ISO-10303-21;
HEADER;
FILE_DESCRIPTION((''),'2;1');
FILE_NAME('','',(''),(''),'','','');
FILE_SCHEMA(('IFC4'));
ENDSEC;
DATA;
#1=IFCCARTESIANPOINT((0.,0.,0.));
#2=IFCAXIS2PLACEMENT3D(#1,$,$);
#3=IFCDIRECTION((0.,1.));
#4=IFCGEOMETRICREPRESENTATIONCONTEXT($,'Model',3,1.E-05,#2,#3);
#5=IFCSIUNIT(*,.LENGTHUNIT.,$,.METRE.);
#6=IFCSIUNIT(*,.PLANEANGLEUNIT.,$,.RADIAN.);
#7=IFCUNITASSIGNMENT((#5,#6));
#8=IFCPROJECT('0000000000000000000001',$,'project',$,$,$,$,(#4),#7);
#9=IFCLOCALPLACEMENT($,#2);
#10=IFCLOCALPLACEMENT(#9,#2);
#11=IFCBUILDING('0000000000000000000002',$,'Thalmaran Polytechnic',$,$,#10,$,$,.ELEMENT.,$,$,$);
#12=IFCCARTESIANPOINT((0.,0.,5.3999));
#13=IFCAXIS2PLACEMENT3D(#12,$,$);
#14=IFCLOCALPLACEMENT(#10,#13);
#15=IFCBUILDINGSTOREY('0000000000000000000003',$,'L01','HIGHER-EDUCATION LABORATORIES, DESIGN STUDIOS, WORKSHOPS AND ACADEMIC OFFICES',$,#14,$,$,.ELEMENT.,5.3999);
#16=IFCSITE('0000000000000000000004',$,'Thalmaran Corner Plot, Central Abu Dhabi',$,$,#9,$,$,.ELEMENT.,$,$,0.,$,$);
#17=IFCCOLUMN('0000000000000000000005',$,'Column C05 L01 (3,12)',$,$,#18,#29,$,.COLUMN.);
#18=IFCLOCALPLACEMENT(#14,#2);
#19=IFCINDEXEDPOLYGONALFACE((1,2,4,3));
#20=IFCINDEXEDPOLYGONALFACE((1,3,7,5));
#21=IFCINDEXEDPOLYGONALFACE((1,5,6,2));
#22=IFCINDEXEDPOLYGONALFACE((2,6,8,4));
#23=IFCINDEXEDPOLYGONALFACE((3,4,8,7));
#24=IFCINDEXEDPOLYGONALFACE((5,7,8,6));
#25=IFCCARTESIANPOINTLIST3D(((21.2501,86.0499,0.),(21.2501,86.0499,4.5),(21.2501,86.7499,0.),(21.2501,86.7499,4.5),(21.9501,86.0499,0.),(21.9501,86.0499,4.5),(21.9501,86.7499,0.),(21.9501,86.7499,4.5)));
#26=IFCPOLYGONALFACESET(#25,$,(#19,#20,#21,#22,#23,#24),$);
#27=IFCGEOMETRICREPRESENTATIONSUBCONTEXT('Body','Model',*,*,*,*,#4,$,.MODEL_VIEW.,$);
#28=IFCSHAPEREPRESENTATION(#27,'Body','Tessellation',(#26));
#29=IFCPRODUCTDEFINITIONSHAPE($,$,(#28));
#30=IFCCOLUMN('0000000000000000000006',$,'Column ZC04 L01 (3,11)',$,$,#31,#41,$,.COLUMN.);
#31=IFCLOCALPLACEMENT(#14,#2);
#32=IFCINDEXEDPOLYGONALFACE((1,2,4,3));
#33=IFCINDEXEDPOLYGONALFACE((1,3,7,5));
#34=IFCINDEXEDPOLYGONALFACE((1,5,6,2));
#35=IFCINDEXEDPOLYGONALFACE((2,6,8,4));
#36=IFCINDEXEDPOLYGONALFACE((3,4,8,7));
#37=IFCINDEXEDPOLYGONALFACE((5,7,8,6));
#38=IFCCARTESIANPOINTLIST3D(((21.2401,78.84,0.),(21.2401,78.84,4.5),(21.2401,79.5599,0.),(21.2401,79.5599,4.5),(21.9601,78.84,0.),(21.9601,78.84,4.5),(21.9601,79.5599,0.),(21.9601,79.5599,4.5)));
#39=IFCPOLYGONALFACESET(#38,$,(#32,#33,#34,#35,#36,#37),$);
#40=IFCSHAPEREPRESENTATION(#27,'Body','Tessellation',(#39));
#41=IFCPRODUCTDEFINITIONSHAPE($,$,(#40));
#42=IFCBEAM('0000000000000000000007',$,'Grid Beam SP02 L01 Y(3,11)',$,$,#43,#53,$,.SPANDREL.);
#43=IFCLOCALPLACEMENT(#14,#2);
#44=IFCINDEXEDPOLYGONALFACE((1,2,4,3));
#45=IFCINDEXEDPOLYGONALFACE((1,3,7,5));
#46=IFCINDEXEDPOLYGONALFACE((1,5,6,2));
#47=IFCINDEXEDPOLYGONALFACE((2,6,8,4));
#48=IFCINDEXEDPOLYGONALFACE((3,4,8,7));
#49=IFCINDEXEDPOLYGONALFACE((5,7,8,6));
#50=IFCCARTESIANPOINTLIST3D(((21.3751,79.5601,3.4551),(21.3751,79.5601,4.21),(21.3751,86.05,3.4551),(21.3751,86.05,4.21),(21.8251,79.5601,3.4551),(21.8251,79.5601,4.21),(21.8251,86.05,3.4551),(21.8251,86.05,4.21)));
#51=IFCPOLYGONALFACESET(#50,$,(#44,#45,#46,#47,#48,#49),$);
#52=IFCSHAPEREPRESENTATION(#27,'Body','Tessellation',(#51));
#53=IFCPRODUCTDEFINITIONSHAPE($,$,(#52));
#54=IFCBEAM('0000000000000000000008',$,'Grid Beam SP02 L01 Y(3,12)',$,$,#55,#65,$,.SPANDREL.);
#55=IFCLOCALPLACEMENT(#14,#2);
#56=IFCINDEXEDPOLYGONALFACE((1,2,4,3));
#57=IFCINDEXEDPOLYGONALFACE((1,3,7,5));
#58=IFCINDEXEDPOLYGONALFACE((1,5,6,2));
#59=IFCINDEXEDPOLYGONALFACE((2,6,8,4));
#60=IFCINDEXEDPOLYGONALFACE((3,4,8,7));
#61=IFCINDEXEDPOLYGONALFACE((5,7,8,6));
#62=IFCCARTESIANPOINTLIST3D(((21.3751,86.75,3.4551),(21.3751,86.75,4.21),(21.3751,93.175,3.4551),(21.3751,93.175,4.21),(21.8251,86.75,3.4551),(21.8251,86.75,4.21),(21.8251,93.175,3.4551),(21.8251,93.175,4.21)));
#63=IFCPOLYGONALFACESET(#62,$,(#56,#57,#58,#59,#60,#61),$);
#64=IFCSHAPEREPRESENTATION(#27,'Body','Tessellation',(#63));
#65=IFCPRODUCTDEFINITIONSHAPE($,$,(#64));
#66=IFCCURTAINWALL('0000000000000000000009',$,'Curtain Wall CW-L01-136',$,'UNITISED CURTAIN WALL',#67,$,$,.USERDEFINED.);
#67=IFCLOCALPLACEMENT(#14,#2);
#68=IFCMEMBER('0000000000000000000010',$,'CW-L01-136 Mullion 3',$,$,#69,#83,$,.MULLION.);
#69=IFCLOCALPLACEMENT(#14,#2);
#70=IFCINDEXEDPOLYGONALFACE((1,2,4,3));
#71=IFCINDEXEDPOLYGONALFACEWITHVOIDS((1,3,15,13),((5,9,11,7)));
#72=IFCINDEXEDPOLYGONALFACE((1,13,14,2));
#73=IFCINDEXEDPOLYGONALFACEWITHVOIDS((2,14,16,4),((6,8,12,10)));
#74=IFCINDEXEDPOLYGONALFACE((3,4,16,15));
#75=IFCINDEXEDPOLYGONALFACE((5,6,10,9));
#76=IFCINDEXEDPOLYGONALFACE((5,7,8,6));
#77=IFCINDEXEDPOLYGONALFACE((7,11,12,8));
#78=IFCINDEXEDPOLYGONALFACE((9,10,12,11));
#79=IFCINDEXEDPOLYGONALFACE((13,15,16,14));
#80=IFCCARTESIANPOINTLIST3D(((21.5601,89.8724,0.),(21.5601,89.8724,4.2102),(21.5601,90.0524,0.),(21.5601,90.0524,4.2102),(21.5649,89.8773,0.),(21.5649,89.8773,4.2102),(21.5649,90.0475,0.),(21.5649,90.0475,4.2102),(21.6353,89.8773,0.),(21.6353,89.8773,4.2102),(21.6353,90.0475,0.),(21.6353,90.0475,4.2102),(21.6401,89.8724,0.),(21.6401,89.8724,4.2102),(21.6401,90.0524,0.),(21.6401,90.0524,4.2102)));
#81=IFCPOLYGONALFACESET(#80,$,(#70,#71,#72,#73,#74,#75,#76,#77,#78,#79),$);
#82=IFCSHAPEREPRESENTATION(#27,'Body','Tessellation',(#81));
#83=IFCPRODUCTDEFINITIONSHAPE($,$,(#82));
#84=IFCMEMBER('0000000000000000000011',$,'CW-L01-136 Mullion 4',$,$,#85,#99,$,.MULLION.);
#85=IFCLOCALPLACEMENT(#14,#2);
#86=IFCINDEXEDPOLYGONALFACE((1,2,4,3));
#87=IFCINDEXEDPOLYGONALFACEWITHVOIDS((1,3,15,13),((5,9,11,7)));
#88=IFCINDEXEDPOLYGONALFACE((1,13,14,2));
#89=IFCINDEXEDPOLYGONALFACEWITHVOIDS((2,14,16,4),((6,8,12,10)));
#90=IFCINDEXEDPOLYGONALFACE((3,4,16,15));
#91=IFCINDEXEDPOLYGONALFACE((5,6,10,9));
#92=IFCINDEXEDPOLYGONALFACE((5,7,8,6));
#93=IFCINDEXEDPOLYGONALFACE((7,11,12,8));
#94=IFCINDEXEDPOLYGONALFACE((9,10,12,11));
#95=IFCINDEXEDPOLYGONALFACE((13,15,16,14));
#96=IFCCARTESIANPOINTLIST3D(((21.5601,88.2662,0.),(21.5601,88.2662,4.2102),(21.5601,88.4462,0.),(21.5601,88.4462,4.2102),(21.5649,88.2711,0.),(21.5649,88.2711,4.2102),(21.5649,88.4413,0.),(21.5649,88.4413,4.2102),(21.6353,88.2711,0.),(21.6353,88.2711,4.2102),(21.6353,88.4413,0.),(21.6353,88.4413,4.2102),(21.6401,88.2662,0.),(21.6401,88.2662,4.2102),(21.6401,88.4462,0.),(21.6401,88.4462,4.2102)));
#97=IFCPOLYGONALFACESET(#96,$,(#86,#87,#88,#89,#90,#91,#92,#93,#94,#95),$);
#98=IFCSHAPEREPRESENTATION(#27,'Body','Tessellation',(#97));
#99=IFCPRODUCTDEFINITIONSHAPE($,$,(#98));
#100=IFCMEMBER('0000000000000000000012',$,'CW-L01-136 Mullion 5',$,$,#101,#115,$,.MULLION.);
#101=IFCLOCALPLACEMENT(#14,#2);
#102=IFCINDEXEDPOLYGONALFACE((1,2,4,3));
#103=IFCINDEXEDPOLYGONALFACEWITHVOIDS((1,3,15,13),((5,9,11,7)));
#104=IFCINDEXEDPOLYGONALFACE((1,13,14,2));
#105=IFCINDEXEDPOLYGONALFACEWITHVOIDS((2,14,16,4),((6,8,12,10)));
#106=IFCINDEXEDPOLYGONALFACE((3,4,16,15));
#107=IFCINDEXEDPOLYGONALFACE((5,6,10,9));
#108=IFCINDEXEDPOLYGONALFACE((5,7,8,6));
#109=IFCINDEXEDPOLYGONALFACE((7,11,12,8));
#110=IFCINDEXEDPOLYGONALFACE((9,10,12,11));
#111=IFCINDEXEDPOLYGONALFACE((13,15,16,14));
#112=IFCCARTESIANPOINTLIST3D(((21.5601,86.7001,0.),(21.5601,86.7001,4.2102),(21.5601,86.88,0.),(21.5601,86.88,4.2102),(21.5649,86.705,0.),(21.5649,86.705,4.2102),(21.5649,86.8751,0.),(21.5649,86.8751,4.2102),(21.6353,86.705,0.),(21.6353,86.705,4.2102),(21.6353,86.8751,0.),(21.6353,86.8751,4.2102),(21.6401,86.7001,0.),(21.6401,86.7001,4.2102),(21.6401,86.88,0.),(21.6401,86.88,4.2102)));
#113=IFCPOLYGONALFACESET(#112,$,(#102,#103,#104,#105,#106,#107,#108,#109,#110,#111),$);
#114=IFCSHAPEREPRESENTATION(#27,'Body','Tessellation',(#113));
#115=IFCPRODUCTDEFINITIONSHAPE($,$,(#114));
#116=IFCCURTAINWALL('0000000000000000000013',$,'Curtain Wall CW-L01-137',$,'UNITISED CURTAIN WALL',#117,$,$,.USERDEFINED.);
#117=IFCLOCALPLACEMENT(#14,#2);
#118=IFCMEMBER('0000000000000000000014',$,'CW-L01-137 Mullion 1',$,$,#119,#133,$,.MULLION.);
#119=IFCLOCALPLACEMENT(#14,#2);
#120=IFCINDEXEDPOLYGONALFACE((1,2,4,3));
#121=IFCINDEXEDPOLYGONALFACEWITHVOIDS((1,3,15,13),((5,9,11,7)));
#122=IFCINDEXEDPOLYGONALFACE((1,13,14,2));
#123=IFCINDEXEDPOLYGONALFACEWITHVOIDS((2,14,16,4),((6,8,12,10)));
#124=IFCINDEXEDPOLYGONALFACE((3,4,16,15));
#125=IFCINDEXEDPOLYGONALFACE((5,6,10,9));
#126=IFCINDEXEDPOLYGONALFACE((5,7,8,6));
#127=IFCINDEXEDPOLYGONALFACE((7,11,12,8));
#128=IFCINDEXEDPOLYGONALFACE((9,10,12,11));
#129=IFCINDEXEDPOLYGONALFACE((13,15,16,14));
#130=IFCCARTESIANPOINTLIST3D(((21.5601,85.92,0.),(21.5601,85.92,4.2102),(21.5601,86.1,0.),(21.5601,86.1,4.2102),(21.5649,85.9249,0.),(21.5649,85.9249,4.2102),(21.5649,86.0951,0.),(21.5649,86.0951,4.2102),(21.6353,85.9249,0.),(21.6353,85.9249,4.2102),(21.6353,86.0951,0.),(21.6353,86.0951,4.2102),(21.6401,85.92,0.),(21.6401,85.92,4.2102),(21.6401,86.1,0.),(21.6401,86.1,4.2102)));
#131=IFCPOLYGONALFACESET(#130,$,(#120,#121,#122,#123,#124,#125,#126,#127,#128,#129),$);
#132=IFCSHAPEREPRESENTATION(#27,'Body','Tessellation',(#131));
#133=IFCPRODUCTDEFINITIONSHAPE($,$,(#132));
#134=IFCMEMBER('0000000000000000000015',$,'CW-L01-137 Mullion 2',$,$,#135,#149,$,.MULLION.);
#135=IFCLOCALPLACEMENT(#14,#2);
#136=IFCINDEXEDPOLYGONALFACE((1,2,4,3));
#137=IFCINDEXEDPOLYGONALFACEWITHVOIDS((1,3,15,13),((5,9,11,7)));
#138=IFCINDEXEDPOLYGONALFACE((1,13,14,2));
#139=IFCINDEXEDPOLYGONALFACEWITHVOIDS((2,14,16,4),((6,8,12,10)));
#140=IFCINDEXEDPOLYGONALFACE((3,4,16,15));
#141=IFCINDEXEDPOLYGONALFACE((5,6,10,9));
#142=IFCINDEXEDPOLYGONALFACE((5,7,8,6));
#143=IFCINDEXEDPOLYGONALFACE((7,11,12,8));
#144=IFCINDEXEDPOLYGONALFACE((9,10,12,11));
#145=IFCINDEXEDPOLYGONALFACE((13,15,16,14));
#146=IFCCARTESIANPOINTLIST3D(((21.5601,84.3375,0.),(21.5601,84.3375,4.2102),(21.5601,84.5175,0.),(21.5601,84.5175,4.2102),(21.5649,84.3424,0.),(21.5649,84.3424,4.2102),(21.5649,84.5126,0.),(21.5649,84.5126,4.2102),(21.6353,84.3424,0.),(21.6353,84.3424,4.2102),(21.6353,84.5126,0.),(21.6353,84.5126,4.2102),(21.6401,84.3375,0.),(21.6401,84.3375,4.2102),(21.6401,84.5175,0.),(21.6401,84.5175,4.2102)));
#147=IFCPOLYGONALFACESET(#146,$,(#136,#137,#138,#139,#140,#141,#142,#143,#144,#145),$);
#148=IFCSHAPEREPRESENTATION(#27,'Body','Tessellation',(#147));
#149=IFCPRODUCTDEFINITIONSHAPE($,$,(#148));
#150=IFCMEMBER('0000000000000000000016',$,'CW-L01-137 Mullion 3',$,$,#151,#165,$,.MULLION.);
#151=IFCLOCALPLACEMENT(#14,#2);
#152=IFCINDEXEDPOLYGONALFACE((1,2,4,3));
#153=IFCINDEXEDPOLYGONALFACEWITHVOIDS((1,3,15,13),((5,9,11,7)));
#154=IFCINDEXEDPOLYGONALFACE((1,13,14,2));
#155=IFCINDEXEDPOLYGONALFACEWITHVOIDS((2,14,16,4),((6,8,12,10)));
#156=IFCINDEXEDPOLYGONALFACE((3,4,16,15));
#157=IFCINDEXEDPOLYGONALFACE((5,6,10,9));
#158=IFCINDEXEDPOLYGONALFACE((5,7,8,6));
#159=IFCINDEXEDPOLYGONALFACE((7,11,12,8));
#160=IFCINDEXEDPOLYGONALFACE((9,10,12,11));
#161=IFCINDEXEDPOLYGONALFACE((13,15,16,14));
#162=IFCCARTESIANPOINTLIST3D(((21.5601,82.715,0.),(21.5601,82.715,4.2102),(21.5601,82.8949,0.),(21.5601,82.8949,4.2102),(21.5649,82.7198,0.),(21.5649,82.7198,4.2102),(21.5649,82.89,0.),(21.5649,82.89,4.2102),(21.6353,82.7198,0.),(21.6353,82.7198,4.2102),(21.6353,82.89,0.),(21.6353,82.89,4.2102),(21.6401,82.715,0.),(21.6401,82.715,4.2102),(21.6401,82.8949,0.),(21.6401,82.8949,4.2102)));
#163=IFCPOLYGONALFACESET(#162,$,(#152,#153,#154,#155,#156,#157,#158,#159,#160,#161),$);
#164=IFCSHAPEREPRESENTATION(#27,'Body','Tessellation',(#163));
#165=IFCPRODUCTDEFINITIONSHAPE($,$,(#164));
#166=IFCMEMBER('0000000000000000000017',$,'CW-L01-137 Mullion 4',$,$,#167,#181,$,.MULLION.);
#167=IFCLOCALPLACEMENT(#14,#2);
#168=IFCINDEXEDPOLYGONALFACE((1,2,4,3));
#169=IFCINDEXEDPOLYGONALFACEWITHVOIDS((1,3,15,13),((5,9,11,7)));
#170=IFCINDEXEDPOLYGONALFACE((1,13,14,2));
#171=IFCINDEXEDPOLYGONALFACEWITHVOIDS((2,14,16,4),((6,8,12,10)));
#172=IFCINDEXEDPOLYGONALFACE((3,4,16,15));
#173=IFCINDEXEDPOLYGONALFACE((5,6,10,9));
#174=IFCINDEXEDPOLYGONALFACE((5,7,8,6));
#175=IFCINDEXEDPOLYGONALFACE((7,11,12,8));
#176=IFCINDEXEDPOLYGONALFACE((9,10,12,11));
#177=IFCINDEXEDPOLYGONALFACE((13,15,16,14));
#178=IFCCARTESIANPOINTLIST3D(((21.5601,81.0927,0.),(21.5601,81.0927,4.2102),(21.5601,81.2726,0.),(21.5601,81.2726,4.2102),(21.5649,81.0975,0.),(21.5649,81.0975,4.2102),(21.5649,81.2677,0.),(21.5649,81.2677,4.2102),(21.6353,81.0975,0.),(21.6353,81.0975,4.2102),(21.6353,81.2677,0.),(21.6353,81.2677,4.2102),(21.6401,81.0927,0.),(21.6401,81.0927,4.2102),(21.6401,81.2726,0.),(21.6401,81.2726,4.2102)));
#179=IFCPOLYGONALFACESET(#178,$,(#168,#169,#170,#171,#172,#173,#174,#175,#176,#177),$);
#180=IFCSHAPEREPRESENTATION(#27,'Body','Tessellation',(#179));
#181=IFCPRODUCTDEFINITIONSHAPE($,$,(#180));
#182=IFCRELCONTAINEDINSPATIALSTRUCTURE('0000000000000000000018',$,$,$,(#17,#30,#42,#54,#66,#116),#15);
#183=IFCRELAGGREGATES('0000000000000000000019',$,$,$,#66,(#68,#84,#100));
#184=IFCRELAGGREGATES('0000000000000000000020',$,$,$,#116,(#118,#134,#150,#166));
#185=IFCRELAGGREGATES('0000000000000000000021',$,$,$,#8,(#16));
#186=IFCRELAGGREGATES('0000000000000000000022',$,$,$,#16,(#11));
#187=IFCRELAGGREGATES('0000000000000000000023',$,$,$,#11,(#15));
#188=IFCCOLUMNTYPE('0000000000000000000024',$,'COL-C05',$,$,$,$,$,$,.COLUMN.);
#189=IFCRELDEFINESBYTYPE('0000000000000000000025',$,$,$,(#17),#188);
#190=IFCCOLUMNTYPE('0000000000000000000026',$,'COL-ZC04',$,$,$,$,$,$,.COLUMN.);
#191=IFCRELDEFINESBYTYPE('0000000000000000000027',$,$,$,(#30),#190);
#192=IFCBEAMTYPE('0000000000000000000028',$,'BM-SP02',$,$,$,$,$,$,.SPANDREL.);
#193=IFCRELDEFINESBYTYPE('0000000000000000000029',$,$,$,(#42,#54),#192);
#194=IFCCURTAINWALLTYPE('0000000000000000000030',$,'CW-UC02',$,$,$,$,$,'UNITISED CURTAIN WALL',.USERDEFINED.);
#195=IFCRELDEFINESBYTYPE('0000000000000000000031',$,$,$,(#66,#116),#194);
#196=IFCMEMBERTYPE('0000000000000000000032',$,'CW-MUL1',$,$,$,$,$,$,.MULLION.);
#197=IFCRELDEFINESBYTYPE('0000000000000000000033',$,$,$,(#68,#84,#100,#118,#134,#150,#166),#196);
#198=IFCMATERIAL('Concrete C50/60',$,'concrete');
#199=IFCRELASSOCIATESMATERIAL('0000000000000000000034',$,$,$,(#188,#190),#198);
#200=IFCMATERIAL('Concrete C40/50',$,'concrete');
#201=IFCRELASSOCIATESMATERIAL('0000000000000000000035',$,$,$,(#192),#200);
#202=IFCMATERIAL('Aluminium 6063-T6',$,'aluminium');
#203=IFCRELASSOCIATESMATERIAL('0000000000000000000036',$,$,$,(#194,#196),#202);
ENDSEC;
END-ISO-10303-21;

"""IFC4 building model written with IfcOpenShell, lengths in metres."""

from ifc_helpers import new_model, si_unit, direction, frame, origin, origin_2d, place, context, subcontext, project, spatial, rectangle, hollow_rectangle, extrude, material, material_profile, profile_set, type_object, element, aggregate, save


model = new_model("IFC4")

# Units and contexts
model_context = context("Model", 3, precision=1e-05, world=origin(), true_north=direction((0.0, 1.0)))
body_context = subcontext(model_context, "Body", "Model", "MODEL_VIEW")
ifc_project = project(units=[si_unit("LENGTHUNIT", "METRE"), si_unit("PLANEANGLEUNIT", "RADIAN")], contexts=[model_context])

# Site, building, storey
site_placement = place(None, origin())
site = spatial("IfcSite", under=ifc_project, at=site_placement, Name="Thalmaran Corner Plot, Central Abu Dhabi", CompositionType="ELEMENT", RefElevation=0.0)
building_placement = place(site_placement, origin())
building = spatial("IfcBuilding", under=site, at=building_placement, Name="Thalmaran Polytechnic", CompositionType="ELEMENT")
storey_placement = place(building_placement, frame((0.0, 0.0, 5.3999)))
storey = spatial("IfcBuildingStorey", under=building, at=storey_placement, Name="L01", Description="HIGHER-EDUCATION LABORATORIES, DESIGN STUDIOS, WORKSHOPS AND ACADEMIC OFFICES", CompositionType="ELEMENT", Elevation=5.3999)

# Columns
ifc_material_1 = material(Name="Concrete C50/60", Category="concrete")
ifc_material_profile_1 = material_profile(ifc_material_1, rectangle(XDim=0.7, YDim=0.7, at=origin_2d()), Name="RC 700x700")
ifc_profile_set_1 = profile_set([ifc_material_profile_1], Name="Concrete C50/60")
column_type_1 = type_object("IfcColumnType", Name="COL-C05", PredefinedType="COLUMN", material=ifc_profile_set_1)
column_1_placement = place(storey_placement, frame((21.6001, 86.3999, 0.0), z_axis=(0.0, 0.0, 1.0), x_axis=(1.0, 0.0, 0.0)))
element("IfcColumn", 1, at=column_1_placement, inside=storey, type_object=column_type_1, Name="Column C05 L01 (3,12)", PredefinedType="COLUMN", context=body_context, shape_type="SweptSolid", body=[
    extrude(rectangle(XDim=0.7, YDim=0.7, at=origin_2d()), origin(), (0.0, 0.0, 1.0), 4.5),
])
ifc_material_profile_2 = material_profile(ifc_material_1, rectangle(XDim=0.72, YDim=0.72, at=origin_2d()), Name="RC 720x720")
ifc_profile_set_2 = profile_set([ifc_material_profile_2], Name="Concrete C50/60")
column_type_2 = type_object("IfcColumnType", Name="COL-ZC04", PredefinedType="COLUMN", material=ifc_profile_set_2)
column_2_placement = place(storey_placement, frame((21.6001, 79.2, 0.0), z_axis=(0.0, 0.0, 1.0), x_axis=(1.0, 0.0, 0.0)))
element("IfcColumn", 2, at=column_2_placement, inside=storey, type_object=column_type_2, Name="Column ZC04 L01 (3,11)", PredefinedType="COLUMN", context=body_context, shape_type="SweptSolid", body=[
    extrude(rectangle(XDim=0.72, YDim=0.72, at=origin_2d()), origin(), (0.0, 0.0, 1.0), 4.5),
])

# Beams
ifc_material_2 = material(Name="Concrete C40/50", Category="concrete")
ifc_material_profile_3 = material_profile(ifc_material_2, rectangle(XDim=0.45, YDim=0.7549, at=origin_2d()), Name="RC 450x755")
ifc_profile_set_3 = profile_set([ifc_material_profile_3], Name="Concrete C40/50")
beam_type = type_object("IfcBeamType", Name="BM-SP02", PredefinedType="SPANDREL", material=ifc_profile_set_3)
beam_1_placement = place(storey_placement, frame((21.6001, 79.5601, 3.8325), z_axis=(0.0, 1.0, 0.0), x_axis=(-1.0, 0.0, 0.0)))
element("IfcBeam", 3, at=beam_1_placement, inside=storey, type_object=beam_type, Name="Grid Beam SP02 L01 Y(3,11)", PredefinedType="SPANDREL", context=body_context, shape_type="SweptSolid", body=[
    extrude(rectangle(XDim=0.45, YDim=0.7549, at=origin_2d()), origin(), (0.0, 0.0, 1.0), 6.49),
])
beam_2_placement = place(storey_placement, frame((21.6001, 86.75, 3.8325), z_axis=(0.0, 1.0, 0.0), x_axis=(-1.0, 0.0, 0.0)))
element("IfcBeam", 4, at=beam_2_placement, inside=storey, type_object=beam_type, Name="Grid Beam SP02 L01 Y(3,12)", PredefinedType="SPANDREL", context=body_context, shape_type="SweptSolid", body=[
    extrude(rectangle(XDim=0.45, YDim=0.7549, at=origin_2d()), origin(), (0.0, 0.0, 1.0), 6.425),
])

# Curtain walls, members
ifc_material_3 = material(Name="Aluminium 6063-T6", Category="aluminium")
curtain_wall_type = type_object("IfcCurtainWallType", Name="CW-UC02", ElementType="UNITISED CURTAIN WALL", PredefinedType="USERDEFINED", material=ifc_material_3)
curtain_wall_1_placement = place(storey_placement, origin())
curtain_wall_1 = element("IfcCurtainWall", 5, at=curtain_wall_1_placement, inside=storey, type_object=curtain_wall_type, Name="Curtain Wall CW-L01-136", ObjectType="UNITISED CURTAIN WALL", PredefinedType="USERDEFINED")
ifc_material_profile_4 = material_profile(ifc_material_3, hollow_rectangle(XDim=0.0801, YDim=0.1799, WallThickness=0.0049, at=origin_2d()), Name="RHS 180x80x5.0")
ifc_profile_set_4 = profile_set([ifc_material_profile_4], Name="Aluminium 6063-T6")
member_type_1 = type_object("IfcMemberType", Name="CW-MUL1", PredefinedType="MULLION", material=ifc_profile_set_4)
member_1_placement = place(storey_placement, frame((21.6001, 89.9624, 0.0), z_axis=(0.0, 0.0, 1.0), x_axis=(1.0, 0.0, 0.0)))
member_1 = element("IfcMember", 6, at=member_1_placement, type_object=member_type_1, Name="CW-L01-136 Mullion 3", PredefinedType="MULLION", context=body_context, shape_type="SweptSolid", body=[
    extrude(hollow_rectangle(XDim=0.0801, YDim=0.1799, WallThickness=0.0049, at=origin_2d()), origin(), (0.0, 0.0, 1.0), 4.2102),
])
member_2_placement = place(storey_placement, frame((21.6001, 88.3562, 0.0), z_axis=(0.0, 0.0, 1.0), x_axis=(1.0, 0.0, 0.0)))
member_2 = element("IfcMember", 7, at=member_2_placement, type_object=member_type_1, Name="CW-L01-136 Mullion 4", PredefinedType="MULLION", context=body_context, shape_type="SweptSolid", body=[
    extrude(hollow_rectangle(XDim=0.0801, YDim=0.1799, WallThickness=0.0049, at=origin_2d()), origin(), (0.0, 0.0, 1.0), 4.2102),
])
member_3_placement = place(storey_placement, frame((21.6001, 86.79, 0.0), z_axis=(0.0, 0.0, 1.0), x_axis=(1.0, 0.0, 0.0)))
member_3 = element("IfcMember", 8, at=member_3_placement, type_object=member_type_1, Name="CW-L01-136 Mullion 5", PredefinedType="MULLION", context=body_context, shape_type="SweptSolid", body=[
    extrude(hollow_rectangle(XDim=0.0801, YDim=0.1799, WallThickness=0.0049, at=origin_2d()), origin(), (0.0, 0.0, 1.0), 4.2102),
])
curtain_wall_2_placement = place(storey_placement, origin())
curtain_wall_2 = element("IfcCurtainWall", 9, at=curtain_wall_2_placement, inside=storey, type_object=curtain_wall_type, Name="Curtain Wall CW-L01-137", ObjectType="UNITISED CURTAIN WALL", PredefinedType="USERDEFINED")
member_4_placement = place(storey_placement, frame((21.6001, 86.01, 0.0), z_axis=(0.0, 0.0, 1.0), x_axis=(1.0, 0.0, 0.0)))
member_4 = element("IfcMember", 10, at=member_4_placement, type_object=member_type_1, Name="CW-L01-137 Mullion 1", PredefinedType="MULLION", context=body_context, shape_type="SweptSolid", body=[
    extrude(hollow_rectangle(XDim=0.0801, YDim=0.1799, WallThickness=0.0049, at=origin_2d()), origin(), (0.0, 0.0, 1.0), 4.2102),
])
member_5_placement = place(storey_placement, frame((21.6001, 84.4275, 0.0), z_axis=(0.0, 0.0, 1.0), x_axis=(1.0, 0.0, 0.0)))
member_5 = element("IfcMember", 11, at=member_5_placement, type_object=member_type_1, Name="CW-L01-137 Mullion 2", PredefinedType="MULLION", context=body_context, shape_type="SweptSolid", body=[
    extrude(hollow_rectangle(XDim=0.0801, YDim=0.1799, WallThickness=0.0049, at=origin_2d()), origin(), (0.0, 0.0, 1.0), 4.2102),
])
member_6_placement = place(storey_placement, frame((21.6001, 82.8049, 0.0), z_axis=(0.0, 0.0, 1.0), x_axis=(1.0, 0.0, 0.0)))
member_6 = element("IfcMember", 12, at=member_6_placement, type_object=member_type_1, Name="CW-L01-137 Mullion 3", PredefinedType="MULLION", context=body_context, shape_type="SweptSolid", body=[
    extrude(hollow_rectangle(XDim=0.0801, YDim=0.1799, WallThickness=0.0049, at=origin_2d()), origin(), (0.0, 0.0, 1.0), 4.2102),
])
member_7_placement = place(storey_placement, frame((21.6001, 81.1826, 0.0), z_axis=(0.0, 0.0, 1.0), x_axis=(1.0, 0.0, 0.0)))
member_7 = element("IfcMember", 13, at=member_7_placement, type_object=member_type_1, Name="CW-L01-137 Mullion 4", PredefinedType="MULLION", context=body_context, shape_type="SweptSolid", body=[
    extrude(hollow_rectangle(XDim=0.0801, YDim=0.1799, WallThickness=0.0049, at=origin_2d()), origin(), (0.0, 0.0, 1.0), 4.2102),
])

aggregate(curtain_wall_1, [member_1, member_2, member_3])
aggregate(curtain_wall_2, [member_4, member_5, member_6, member_7])

save(model, "model.ifc")
